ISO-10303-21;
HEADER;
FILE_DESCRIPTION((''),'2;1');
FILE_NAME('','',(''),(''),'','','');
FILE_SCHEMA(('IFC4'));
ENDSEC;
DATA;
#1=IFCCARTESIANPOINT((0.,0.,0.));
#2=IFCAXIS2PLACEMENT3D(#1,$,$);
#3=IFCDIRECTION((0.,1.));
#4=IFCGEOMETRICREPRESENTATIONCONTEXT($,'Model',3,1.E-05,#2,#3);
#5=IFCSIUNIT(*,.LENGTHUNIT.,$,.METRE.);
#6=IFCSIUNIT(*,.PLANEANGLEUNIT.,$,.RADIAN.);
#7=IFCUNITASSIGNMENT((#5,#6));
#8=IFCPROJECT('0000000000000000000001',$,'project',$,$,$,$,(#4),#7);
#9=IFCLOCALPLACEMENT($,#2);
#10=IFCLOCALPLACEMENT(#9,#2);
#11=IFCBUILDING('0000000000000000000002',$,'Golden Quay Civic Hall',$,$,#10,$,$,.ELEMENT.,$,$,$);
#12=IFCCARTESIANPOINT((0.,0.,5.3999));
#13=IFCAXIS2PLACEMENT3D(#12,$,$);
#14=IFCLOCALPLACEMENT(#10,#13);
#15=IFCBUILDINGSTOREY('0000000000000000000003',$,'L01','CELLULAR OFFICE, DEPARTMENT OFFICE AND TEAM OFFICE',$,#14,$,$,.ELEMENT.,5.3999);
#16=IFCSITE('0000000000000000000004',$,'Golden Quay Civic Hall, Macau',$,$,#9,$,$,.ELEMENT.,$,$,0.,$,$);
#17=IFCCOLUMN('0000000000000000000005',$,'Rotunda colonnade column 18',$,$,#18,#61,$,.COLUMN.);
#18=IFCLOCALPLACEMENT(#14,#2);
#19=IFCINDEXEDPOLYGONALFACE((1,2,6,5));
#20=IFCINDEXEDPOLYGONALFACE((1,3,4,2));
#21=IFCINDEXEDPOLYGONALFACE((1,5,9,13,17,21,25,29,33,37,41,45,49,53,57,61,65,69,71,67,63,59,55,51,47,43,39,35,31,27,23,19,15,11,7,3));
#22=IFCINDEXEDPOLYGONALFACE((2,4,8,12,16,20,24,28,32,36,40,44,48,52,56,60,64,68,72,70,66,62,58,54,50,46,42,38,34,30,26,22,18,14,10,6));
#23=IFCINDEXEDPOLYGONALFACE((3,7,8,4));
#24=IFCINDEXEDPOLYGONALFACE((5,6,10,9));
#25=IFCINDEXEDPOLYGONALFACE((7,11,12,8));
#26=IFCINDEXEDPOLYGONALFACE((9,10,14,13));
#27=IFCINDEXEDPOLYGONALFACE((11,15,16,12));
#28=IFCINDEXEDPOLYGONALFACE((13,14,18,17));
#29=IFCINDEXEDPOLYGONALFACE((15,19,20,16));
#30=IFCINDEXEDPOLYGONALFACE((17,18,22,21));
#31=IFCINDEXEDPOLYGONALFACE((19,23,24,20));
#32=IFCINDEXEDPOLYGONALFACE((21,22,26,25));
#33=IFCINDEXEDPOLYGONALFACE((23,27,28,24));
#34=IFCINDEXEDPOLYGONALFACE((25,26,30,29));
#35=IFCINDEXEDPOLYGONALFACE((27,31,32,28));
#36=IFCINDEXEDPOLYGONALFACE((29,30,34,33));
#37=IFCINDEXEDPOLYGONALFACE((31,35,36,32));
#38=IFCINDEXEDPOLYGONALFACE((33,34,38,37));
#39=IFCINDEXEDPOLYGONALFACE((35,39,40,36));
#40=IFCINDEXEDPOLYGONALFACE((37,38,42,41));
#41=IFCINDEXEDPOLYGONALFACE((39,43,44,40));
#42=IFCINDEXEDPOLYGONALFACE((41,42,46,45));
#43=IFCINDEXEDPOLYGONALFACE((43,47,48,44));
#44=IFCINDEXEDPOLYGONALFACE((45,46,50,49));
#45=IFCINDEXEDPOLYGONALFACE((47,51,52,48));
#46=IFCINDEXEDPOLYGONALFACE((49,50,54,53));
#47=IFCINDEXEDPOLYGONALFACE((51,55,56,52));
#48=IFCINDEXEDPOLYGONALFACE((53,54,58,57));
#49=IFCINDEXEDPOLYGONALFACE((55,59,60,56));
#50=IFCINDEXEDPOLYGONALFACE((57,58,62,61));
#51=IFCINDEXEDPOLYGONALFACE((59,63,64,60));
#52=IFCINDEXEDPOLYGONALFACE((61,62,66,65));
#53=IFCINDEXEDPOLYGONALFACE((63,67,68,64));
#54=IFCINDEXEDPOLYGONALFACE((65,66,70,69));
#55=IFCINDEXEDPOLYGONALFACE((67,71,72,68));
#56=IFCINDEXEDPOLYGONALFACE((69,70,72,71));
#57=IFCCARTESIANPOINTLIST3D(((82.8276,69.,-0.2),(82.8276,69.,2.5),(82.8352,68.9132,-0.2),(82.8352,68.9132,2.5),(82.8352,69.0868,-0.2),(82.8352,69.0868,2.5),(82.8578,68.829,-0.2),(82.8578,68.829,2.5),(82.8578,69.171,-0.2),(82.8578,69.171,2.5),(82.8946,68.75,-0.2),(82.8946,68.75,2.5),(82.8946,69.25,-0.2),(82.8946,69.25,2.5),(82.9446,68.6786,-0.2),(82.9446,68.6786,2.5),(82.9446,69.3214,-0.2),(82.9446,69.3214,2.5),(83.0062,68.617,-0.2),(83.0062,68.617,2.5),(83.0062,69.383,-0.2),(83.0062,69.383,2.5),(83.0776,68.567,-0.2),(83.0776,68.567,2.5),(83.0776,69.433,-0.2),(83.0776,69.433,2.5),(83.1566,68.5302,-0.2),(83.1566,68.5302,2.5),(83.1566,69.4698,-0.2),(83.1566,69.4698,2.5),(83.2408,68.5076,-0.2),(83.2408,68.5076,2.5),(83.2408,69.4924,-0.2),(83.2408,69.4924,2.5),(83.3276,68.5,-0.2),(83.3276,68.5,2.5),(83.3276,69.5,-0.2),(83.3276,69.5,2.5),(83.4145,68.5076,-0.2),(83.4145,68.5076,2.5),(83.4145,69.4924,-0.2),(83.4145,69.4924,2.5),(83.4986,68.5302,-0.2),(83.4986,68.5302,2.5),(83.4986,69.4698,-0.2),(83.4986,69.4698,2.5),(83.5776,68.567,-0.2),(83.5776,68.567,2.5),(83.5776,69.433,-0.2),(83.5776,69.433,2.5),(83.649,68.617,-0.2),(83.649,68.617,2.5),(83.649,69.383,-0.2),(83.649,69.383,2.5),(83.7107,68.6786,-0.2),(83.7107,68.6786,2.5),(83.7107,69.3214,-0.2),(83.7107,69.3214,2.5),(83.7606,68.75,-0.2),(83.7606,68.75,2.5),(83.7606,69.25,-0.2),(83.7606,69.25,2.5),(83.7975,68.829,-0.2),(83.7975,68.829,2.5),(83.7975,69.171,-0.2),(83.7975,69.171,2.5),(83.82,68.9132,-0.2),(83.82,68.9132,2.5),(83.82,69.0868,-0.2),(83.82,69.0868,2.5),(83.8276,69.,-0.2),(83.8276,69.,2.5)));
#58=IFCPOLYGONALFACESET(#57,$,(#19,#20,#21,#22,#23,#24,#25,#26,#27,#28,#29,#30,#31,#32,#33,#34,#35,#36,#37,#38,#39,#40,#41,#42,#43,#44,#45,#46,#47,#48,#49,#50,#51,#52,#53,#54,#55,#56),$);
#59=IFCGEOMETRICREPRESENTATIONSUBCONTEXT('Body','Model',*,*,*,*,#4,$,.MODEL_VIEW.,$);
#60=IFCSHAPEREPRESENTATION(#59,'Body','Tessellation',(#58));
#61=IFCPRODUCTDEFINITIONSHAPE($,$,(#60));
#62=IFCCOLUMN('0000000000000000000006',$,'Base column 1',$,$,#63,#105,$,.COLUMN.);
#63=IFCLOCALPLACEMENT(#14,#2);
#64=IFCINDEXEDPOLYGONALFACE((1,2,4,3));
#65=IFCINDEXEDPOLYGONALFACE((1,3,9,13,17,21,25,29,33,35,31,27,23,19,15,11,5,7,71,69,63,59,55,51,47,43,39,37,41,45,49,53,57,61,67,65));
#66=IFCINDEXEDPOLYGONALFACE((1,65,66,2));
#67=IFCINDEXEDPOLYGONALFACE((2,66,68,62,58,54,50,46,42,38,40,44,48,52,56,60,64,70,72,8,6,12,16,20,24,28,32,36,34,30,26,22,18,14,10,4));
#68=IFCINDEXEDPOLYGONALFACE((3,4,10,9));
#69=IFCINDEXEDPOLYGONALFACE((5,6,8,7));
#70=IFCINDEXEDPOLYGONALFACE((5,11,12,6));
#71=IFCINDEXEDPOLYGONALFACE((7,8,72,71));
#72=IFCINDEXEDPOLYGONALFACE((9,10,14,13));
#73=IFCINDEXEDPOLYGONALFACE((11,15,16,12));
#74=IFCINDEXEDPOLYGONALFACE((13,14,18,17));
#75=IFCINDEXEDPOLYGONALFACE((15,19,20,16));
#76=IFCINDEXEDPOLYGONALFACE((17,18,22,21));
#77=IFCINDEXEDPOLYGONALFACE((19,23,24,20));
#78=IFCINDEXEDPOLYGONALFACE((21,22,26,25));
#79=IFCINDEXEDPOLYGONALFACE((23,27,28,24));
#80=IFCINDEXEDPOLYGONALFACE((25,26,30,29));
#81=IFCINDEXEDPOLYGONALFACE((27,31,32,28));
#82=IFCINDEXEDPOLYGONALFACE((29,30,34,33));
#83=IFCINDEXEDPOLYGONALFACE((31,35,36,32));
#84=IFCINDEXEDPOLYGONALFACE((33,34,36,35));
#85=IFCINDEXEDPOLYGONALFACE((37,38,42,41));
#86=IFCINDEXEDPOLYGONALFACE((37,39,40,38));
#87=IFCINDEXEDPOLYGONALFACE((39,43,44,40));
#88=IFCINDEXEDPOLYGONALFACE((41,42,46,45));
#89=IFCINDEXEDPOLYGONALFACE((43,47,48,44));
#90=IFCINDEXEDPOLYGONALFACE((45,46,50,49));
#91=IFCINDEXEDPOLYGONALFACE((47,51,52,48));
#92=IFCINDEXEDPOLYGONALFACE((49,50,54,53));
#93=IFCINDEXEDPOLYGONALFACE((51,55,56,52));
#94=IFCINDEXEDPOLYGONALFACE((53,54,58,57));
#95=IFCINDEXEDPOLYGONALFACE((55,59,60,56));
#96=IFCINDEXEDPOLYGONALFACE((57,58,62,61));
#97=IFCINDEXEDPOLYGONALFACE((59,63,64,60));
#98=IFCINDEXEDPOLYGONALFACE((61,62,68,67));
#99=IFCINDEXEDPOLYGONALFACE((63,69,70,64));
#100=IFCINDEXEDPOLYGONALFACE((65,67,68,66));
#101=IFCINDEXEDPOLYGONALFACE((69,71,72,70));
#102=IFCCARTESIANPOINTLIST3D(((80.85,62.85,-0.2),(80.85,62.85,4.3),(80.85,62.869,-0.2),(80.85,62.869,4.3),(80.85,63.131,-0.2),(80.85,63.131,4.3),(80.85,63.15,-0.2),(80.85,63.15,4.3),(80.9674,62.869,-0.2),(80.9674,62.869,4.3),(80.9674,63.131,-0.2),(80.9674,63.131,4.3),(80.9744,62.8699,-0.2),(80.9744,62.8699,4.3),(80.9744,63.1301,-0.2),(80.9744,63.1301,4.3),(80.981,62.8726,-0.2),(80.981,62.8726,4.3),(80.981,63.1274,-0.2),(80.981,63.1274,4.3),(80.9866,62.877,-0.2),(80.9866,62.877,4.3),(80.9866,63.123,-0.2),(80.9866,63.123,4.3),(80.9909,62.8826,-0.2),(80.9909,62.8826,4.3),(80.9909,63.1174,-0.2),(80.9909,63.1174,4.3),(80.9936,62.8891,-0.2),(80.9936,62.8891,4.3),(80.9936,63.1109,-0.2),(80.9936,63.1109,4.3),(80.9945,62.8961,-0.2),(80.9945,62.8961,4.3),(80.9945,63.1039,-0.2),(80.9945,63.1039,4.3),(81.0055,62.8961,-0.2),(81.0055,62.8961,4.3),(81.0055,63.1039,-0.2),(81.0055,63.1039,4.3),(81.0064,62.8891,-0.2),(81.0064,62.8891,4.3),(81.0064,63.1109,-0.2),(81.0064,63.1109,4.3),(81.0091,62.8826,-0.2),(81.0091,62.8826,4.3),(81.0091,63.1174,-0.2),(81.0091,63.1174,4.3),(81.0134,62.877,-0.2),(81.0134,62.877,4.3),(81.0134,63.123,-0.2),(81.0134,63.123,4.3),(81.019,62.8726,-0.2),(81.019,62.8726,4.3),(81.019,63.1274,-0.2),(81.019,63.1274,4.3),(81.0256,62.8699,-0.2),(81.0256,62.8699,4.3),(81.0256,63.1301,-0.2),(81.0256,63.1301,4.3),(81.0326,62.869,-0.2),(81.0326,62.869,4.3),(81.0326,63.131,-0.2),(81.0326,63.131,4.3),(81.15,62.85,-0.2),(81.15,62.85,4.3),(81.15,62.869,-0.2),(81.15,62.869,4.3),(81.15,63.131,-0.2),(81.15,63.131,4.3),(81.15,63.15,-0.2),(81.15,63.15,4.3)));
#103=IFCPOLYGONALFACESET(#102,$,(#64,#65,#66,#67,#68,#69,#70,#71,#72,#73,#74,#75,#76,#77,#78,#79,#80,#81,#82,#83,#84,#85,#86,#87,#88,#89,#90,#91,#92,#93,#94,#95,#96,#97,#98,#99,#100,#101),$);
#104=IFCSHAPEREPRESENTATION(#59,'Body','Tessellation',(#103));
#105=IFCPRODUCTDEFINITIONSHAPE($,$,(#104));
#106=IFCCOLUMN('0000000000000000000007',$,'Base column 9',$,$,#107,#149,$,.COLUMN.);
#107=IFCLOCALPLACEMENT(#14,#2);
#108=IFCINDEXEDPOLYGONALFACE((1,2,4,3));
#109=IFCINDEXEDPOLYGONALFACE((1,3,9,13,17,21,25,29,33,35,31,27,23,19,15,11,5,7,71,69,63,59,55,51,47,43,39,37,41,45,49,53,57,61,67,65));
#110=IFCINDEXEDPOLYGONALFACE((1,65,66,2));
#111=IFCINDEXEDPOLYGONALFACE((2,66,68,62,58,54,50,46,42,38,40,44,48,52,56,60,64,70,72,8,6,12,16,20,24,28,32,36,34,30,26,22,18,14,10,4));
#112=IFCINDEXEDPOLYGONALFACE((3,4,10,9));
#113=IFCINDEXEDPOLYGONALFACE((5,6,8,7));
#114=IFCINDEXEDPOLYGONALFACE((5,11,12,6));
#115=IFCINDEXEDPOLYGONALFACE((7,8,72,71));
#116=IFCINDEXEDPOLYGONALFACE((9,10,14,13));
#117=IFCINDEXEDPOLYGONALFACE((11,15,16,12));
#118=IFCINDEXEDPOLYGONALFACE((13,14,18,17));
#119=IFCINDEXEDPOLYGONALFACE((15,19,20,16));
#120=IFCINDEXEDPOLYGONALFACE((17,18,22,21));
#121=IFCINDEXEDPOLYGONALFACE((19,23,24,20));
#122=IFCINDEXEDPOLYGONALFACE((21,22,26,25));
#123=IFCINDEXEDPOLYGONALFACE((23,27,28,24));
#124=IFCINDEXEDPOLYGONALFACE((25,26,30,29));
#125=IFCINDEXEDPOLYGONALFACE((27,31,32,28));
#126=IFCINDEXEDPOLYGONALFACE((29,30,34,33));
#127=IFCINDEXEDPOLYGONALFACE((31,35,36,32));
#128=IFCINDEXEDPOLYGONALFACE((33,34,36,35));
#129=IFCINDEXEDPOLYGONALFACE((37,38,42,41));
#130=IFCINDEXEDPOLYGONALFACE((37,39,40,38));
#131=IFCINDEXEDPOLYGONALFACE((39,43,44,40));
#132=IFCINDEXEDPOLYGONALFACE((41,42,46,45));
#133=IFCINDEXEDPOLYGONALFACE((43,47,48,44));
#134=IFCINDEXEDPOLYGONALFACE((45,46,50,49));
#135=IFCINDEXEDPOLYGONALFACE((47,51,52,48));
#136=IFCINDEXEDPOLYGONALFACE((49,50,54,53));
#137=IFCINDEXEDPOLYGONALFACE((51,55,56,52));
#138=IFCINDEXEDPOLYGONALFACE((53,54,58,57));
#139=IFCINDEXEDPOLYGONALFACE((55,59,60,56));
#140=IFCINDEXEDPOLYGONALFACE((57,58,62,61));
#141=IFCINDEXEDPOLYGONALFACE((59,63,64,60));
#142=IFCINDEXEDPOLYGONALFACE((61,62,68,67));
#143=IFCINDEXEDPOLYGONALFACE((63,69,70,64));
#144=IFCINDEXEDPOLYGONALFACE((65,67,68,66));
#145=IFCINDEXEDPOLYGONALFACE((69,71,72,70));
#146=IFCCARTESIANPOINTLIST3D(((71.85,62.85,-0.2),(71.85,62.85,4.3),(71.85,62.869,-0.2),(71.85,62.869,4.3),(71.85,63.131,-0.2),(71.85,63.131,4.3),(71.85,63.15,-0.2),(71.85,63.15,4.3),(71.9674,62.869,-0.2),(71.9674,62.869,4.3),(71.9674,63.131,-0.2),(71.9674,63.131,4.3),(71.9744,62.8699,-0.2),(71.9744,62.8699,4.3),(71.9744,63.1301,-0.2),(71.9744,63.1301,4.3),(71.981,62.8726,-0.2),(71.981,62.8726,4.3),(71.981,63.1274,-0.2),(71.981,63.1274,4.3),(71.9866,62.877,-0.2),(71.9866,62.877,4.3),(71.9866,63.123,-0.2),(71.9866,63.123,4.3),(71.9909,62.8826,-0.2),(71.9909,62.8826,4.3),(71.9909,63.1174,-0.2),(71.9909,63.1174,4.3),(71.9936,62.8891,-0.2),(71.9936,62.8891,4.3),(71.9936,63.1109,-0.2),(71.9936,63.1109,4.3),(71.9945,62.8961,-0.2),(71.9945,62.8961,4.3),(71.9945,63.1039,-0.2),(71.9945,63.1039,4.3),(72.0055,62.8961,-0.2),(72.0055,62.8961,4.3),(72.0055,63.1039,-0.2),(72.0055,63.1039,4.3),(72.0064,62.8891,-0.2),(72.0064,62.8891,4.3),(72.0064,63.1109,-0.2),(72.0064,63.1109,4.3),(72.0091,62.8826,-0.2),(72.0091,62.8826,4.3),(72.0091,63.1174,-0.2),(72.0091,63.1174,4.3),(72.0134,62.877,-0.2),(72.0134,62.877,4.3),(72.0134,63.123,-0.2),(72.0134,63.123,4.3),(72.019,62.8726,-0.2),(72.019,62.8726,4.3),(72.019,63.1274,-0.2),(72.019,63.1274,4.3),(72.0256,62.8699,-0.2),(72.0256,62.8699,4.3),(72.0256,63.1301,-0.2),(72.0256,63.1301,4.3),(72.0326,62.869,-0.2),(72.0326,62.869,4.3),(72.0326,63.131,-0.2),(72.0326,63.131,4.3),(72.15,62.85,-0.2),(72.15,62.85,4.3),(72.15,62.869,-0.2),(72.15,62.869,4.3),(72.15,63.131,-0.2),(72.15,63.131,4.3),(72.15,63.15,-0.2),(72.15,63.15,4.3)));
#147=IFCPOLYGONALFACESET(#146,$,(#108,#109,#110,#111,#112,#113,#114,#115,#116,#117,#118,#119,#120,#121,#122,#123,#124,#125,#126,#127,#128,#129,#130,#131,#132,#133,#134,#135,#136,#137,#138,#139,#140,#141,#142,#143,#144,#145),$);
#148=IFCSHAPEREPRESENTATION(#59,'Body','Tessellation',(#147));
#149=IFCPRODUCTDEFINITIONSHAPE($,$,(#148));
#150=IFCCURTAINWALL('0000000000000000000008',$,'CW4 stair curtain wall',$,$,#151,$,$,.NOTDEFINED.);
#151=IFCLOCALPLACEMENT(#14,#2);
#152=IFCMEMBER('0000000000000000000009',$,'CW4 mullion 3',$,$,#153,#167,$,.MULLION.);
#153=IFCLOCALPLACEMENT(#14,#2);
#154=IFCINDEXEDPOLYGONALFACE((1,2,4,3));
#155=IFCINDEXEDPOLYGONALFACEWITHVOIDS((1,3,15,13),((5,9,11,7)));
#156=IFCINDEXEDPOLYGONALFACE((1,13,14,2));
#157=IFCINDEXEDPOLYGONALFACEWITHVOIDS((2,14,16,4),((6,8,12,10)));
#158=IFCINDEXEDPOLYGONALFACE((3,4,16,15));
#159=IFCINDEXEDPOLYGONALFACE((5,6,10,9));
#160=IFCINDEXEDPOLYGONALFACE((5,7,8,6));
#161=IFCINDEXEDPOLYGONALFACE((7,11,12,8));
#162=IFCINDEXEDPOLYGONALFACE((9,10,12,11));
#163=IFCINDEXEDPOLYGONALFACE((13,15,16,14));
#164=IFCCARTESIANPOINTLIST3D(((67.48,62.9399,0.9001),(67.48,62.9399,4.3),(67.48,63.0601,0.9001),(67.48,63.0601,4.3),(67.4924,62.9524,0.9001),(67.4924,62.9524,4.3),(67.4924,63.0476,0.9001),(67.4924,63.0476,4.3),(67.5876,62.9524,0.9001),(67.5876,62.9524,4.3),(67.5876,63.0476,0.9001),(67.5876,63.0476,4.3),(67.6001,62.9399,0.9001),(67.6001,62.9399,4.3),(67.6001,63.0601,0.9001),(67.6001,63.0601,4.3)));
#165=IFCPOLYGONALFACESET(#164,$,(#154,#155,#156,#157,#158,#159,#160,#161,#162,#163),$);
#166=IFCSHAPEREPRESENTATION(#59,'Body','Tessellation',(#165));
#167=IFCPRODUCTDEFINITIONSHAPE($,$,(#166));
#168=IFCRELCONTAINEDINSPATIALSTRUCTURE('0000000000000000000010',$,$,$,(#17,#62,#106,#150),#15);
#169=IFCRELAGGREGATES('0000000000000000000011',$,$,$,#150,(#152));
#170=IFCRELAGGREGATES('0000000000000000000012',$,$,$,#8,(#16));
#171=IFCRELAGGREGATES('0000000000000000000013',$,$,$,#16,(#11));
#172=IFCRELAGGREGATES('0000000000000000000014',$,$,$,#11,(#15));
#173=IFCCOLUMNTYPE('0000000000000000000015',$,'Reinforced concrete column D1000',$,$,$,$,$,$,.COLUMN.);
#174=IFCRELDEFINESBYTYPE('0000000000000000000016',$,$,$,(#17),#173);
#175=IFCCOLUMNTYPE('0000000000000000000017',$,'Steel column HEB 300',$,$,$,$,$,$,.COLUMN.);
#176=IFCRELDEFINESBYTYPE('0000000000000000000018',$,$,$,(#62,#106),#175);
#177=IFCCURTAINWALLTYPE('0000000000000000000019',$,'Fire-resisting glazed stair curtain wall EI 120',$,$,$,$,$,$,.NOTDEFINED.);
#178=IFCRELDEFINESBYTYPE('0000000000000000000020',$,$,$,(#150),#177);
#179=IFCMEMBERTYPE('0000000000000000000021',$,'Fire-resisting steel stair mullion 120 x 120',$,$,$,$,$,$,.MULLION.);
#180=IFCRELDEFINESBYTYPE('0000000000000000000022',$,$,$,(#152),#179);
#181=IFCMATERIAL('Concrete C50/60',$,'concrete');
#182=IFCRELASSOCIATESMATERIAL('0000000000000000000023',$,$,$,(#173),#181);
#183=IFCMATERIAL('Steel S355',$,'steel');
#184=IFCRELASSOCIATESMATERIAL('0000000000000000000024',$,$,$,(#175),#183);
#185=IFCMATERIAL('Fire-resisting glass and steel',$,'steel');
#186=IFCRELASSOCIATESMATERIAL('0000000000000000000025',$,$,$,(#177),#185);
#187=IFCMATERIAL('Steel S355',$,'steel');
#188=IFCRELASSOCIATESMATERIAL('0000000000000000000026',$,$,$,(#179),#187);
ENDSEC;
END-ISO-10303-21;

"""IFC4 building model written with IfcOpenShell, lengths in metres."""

from ifc_helpers import new_model, si_unit, direction, frame, origin, origin_2d, place, context, subcontext, project, spatial, hollow_rectangle, circle, i_section, extrude, material, material_profile, profile_set, type_object, element, aggregate, save


model = new_model("IFC4")

# Units and contexts
model_context = context("Model", 3, precision=1e-05, world=origin(), true_north=direction((0.0, 1.0)))
body_context = subcontext(model_context, "Body", "Model", "MODEL_VIEW")
ifc_project = project(units=[si_unit("LENGTHUNIT", "METRE"), si_unit("PLANEANGLEUNIT", "RADIAN")], contexts=[model_context])

# Site, building, storey
site_placement = place(None, origin())
site = spatial("IfcSite", under=ifc_project, at=site_placement, Name="Golden Quay Civic Hall, Macau", CompositionType="ELEMENT", RefElevation=0.0)
building_placement = place(site_placement, origin())
building = spatial("IfcBuilding", under=site, at=building_placement, Name="Golden Quay Civic Hall", CompositionType="ELEMENT")
storey_placement = place(building_placement, frame((0.0, 0.0, 5.3999)))
storey = spatial("IfcBuildingStorey", under=building, at=storey_placement, Name="L01", Description="CELLULAR OFFICE, DEPARTMENT OFFICE AND TEAM OFFICE", CompositionType="ELEMENT", Elevation=5.3999)

# Columns
ifc_material_1 = material(Name="Concrete C50/60", Category="concrete")
ifc_material_profile_1 = material_profile(ifc_material_1, circle(Radius=0.5, at=origin_2d()), Name="RC D1000")
ifc_profile_set_1 = profile_set([ifc_material_profile_1], Name="Concrete C50/60")
column_type_1 = type_object("IfcColumnType", Name="Reinforced concrete column D1000", PredefinedType="COLUMN", material=ifc_profile_set_1)
column_placement = place(storey_placement, frame((83.3276, 69.0, -0.2), z_axis=(0.0, 0.0, 1.0), x_axis=(1.0, 0.0, 0.0)))
element("IfcColumn", 1, at=column_placement, inside=storey, type_object=column_type_1, Name="Rotunda colonnade column 18", PredefinedType="COLUMN", context=body_context, shape_type="SweptSolid", body=[
    extrude(circle(Radius=0.5, at=origin_2d()), origin(), (0.0, 0.0, 1.0), 2.7),
])
ifc_material_2 = material(Name="Steel S355", Category="steel")
ifc_material_profile_2 = material_profile(ifc_material_2, i_section(OverallWidth=0.3, OverallDepth=0.3, WebThickness=0.011, FlangeThickness=0.019, FilletRadius=0.0271, at=origin_2d()), Name="HEB 300")
ifc_profile_set_2 = profile_set([ifc_material_profile_2], Name="Steel S355")
column_type_2 = type_object("IfcColumnType", Name="Steel column HEB 300", PredefinedType="COLUMN", material=ifc_profile_set_2)
for number, where, z_axis, x_axis, name in (
    (2, (81.0, 63.0, -0.2), (0.0, 0.0, 1.0), (1.0, 0.0, 0.0), "Base column 1"),
    (3, (72.0, 63.0, -0.2), (0.0, 0.0, 1.0), (1.0, 0.0, 0.0), "Base column 9"),
):
    element("IfcColumn", number, at=place(storey_placement, frame(where, z_axis=z_axis, x_axis=x_axis)), inside=storey, type_object=column_type_2, Name=name, PredefinedType="COLUMN", context=body_context, shape_type="SweptSolid", body=[
        extrude(i_section(OverallWidth=0.3, OverallDepth=0.3, WebThickness=0.011, FlangeThickness=0.019, FilletRadius=0.0271, at=origin_2d()), origin(), (0.0, 0.0, 1.0), 4.5),
    ])

# Curtain wall, member
ifc_material_3 = material(Name="Fire-resisting glass and steel", Category="steel")
curtain_wall_type = type_object("IfcCurtainWallType", Name="Fire-resisting glazed stair curtain wall EI 120", PredefinedType="NOTDEFINED", material=ifc_material_3)
curtain_wall_placement = place(storey_placement, origin())
curtain_wall = element("IfcCurtainWall", 4, at=curtain_wall_placement, inside=storey, type_object=curtain_wall_type, Name="CW4 stair curtain wall", PredefinedType="NOTDEFINED")
ifc_material_4 = material(Name="Steel S355", Category="steel")
ifc_material_profile_3 = material_profile(ifc_material_4, hollow_rectangle(XDim=0.1201, YDim=0.1201, WallThickness=0.0125, at=origin_2d()), Name="SHS 120x120x12.5")
ifc_profile_set_3 = profile_set([ifc_material_profile_3], Name="Steel S355")
member_type = type_object("IfcMemberType", Name="Fire-resisting steel stair mullion 120 x 120", PredefinedType="MULLION", material=ifc_profile_set_3)
member_placement = place(storey_placement, frame((67.54, 63.0, 0.9001), z_axis=(0.0, 0.0, 1.0), x_axis=(0.0, 1.0, 0.0)))
member = element("IfcMember", 5, at=member_placement, type_object=member_type, Name="CW4 mullion 3", PredefinedType="MULLION", context=body_context, shape_type="SweptSolid", body=[
    extrude(hollow_rectangle(XDim=0.1201, YDim=0.1201, WallThickness=0.0125, at=origin_2d()), origin(), (0.0, 0.0, 1.0), 3.3999),
])

aggregate(curtain_wall, [member])

save(model, "model.ifc")
